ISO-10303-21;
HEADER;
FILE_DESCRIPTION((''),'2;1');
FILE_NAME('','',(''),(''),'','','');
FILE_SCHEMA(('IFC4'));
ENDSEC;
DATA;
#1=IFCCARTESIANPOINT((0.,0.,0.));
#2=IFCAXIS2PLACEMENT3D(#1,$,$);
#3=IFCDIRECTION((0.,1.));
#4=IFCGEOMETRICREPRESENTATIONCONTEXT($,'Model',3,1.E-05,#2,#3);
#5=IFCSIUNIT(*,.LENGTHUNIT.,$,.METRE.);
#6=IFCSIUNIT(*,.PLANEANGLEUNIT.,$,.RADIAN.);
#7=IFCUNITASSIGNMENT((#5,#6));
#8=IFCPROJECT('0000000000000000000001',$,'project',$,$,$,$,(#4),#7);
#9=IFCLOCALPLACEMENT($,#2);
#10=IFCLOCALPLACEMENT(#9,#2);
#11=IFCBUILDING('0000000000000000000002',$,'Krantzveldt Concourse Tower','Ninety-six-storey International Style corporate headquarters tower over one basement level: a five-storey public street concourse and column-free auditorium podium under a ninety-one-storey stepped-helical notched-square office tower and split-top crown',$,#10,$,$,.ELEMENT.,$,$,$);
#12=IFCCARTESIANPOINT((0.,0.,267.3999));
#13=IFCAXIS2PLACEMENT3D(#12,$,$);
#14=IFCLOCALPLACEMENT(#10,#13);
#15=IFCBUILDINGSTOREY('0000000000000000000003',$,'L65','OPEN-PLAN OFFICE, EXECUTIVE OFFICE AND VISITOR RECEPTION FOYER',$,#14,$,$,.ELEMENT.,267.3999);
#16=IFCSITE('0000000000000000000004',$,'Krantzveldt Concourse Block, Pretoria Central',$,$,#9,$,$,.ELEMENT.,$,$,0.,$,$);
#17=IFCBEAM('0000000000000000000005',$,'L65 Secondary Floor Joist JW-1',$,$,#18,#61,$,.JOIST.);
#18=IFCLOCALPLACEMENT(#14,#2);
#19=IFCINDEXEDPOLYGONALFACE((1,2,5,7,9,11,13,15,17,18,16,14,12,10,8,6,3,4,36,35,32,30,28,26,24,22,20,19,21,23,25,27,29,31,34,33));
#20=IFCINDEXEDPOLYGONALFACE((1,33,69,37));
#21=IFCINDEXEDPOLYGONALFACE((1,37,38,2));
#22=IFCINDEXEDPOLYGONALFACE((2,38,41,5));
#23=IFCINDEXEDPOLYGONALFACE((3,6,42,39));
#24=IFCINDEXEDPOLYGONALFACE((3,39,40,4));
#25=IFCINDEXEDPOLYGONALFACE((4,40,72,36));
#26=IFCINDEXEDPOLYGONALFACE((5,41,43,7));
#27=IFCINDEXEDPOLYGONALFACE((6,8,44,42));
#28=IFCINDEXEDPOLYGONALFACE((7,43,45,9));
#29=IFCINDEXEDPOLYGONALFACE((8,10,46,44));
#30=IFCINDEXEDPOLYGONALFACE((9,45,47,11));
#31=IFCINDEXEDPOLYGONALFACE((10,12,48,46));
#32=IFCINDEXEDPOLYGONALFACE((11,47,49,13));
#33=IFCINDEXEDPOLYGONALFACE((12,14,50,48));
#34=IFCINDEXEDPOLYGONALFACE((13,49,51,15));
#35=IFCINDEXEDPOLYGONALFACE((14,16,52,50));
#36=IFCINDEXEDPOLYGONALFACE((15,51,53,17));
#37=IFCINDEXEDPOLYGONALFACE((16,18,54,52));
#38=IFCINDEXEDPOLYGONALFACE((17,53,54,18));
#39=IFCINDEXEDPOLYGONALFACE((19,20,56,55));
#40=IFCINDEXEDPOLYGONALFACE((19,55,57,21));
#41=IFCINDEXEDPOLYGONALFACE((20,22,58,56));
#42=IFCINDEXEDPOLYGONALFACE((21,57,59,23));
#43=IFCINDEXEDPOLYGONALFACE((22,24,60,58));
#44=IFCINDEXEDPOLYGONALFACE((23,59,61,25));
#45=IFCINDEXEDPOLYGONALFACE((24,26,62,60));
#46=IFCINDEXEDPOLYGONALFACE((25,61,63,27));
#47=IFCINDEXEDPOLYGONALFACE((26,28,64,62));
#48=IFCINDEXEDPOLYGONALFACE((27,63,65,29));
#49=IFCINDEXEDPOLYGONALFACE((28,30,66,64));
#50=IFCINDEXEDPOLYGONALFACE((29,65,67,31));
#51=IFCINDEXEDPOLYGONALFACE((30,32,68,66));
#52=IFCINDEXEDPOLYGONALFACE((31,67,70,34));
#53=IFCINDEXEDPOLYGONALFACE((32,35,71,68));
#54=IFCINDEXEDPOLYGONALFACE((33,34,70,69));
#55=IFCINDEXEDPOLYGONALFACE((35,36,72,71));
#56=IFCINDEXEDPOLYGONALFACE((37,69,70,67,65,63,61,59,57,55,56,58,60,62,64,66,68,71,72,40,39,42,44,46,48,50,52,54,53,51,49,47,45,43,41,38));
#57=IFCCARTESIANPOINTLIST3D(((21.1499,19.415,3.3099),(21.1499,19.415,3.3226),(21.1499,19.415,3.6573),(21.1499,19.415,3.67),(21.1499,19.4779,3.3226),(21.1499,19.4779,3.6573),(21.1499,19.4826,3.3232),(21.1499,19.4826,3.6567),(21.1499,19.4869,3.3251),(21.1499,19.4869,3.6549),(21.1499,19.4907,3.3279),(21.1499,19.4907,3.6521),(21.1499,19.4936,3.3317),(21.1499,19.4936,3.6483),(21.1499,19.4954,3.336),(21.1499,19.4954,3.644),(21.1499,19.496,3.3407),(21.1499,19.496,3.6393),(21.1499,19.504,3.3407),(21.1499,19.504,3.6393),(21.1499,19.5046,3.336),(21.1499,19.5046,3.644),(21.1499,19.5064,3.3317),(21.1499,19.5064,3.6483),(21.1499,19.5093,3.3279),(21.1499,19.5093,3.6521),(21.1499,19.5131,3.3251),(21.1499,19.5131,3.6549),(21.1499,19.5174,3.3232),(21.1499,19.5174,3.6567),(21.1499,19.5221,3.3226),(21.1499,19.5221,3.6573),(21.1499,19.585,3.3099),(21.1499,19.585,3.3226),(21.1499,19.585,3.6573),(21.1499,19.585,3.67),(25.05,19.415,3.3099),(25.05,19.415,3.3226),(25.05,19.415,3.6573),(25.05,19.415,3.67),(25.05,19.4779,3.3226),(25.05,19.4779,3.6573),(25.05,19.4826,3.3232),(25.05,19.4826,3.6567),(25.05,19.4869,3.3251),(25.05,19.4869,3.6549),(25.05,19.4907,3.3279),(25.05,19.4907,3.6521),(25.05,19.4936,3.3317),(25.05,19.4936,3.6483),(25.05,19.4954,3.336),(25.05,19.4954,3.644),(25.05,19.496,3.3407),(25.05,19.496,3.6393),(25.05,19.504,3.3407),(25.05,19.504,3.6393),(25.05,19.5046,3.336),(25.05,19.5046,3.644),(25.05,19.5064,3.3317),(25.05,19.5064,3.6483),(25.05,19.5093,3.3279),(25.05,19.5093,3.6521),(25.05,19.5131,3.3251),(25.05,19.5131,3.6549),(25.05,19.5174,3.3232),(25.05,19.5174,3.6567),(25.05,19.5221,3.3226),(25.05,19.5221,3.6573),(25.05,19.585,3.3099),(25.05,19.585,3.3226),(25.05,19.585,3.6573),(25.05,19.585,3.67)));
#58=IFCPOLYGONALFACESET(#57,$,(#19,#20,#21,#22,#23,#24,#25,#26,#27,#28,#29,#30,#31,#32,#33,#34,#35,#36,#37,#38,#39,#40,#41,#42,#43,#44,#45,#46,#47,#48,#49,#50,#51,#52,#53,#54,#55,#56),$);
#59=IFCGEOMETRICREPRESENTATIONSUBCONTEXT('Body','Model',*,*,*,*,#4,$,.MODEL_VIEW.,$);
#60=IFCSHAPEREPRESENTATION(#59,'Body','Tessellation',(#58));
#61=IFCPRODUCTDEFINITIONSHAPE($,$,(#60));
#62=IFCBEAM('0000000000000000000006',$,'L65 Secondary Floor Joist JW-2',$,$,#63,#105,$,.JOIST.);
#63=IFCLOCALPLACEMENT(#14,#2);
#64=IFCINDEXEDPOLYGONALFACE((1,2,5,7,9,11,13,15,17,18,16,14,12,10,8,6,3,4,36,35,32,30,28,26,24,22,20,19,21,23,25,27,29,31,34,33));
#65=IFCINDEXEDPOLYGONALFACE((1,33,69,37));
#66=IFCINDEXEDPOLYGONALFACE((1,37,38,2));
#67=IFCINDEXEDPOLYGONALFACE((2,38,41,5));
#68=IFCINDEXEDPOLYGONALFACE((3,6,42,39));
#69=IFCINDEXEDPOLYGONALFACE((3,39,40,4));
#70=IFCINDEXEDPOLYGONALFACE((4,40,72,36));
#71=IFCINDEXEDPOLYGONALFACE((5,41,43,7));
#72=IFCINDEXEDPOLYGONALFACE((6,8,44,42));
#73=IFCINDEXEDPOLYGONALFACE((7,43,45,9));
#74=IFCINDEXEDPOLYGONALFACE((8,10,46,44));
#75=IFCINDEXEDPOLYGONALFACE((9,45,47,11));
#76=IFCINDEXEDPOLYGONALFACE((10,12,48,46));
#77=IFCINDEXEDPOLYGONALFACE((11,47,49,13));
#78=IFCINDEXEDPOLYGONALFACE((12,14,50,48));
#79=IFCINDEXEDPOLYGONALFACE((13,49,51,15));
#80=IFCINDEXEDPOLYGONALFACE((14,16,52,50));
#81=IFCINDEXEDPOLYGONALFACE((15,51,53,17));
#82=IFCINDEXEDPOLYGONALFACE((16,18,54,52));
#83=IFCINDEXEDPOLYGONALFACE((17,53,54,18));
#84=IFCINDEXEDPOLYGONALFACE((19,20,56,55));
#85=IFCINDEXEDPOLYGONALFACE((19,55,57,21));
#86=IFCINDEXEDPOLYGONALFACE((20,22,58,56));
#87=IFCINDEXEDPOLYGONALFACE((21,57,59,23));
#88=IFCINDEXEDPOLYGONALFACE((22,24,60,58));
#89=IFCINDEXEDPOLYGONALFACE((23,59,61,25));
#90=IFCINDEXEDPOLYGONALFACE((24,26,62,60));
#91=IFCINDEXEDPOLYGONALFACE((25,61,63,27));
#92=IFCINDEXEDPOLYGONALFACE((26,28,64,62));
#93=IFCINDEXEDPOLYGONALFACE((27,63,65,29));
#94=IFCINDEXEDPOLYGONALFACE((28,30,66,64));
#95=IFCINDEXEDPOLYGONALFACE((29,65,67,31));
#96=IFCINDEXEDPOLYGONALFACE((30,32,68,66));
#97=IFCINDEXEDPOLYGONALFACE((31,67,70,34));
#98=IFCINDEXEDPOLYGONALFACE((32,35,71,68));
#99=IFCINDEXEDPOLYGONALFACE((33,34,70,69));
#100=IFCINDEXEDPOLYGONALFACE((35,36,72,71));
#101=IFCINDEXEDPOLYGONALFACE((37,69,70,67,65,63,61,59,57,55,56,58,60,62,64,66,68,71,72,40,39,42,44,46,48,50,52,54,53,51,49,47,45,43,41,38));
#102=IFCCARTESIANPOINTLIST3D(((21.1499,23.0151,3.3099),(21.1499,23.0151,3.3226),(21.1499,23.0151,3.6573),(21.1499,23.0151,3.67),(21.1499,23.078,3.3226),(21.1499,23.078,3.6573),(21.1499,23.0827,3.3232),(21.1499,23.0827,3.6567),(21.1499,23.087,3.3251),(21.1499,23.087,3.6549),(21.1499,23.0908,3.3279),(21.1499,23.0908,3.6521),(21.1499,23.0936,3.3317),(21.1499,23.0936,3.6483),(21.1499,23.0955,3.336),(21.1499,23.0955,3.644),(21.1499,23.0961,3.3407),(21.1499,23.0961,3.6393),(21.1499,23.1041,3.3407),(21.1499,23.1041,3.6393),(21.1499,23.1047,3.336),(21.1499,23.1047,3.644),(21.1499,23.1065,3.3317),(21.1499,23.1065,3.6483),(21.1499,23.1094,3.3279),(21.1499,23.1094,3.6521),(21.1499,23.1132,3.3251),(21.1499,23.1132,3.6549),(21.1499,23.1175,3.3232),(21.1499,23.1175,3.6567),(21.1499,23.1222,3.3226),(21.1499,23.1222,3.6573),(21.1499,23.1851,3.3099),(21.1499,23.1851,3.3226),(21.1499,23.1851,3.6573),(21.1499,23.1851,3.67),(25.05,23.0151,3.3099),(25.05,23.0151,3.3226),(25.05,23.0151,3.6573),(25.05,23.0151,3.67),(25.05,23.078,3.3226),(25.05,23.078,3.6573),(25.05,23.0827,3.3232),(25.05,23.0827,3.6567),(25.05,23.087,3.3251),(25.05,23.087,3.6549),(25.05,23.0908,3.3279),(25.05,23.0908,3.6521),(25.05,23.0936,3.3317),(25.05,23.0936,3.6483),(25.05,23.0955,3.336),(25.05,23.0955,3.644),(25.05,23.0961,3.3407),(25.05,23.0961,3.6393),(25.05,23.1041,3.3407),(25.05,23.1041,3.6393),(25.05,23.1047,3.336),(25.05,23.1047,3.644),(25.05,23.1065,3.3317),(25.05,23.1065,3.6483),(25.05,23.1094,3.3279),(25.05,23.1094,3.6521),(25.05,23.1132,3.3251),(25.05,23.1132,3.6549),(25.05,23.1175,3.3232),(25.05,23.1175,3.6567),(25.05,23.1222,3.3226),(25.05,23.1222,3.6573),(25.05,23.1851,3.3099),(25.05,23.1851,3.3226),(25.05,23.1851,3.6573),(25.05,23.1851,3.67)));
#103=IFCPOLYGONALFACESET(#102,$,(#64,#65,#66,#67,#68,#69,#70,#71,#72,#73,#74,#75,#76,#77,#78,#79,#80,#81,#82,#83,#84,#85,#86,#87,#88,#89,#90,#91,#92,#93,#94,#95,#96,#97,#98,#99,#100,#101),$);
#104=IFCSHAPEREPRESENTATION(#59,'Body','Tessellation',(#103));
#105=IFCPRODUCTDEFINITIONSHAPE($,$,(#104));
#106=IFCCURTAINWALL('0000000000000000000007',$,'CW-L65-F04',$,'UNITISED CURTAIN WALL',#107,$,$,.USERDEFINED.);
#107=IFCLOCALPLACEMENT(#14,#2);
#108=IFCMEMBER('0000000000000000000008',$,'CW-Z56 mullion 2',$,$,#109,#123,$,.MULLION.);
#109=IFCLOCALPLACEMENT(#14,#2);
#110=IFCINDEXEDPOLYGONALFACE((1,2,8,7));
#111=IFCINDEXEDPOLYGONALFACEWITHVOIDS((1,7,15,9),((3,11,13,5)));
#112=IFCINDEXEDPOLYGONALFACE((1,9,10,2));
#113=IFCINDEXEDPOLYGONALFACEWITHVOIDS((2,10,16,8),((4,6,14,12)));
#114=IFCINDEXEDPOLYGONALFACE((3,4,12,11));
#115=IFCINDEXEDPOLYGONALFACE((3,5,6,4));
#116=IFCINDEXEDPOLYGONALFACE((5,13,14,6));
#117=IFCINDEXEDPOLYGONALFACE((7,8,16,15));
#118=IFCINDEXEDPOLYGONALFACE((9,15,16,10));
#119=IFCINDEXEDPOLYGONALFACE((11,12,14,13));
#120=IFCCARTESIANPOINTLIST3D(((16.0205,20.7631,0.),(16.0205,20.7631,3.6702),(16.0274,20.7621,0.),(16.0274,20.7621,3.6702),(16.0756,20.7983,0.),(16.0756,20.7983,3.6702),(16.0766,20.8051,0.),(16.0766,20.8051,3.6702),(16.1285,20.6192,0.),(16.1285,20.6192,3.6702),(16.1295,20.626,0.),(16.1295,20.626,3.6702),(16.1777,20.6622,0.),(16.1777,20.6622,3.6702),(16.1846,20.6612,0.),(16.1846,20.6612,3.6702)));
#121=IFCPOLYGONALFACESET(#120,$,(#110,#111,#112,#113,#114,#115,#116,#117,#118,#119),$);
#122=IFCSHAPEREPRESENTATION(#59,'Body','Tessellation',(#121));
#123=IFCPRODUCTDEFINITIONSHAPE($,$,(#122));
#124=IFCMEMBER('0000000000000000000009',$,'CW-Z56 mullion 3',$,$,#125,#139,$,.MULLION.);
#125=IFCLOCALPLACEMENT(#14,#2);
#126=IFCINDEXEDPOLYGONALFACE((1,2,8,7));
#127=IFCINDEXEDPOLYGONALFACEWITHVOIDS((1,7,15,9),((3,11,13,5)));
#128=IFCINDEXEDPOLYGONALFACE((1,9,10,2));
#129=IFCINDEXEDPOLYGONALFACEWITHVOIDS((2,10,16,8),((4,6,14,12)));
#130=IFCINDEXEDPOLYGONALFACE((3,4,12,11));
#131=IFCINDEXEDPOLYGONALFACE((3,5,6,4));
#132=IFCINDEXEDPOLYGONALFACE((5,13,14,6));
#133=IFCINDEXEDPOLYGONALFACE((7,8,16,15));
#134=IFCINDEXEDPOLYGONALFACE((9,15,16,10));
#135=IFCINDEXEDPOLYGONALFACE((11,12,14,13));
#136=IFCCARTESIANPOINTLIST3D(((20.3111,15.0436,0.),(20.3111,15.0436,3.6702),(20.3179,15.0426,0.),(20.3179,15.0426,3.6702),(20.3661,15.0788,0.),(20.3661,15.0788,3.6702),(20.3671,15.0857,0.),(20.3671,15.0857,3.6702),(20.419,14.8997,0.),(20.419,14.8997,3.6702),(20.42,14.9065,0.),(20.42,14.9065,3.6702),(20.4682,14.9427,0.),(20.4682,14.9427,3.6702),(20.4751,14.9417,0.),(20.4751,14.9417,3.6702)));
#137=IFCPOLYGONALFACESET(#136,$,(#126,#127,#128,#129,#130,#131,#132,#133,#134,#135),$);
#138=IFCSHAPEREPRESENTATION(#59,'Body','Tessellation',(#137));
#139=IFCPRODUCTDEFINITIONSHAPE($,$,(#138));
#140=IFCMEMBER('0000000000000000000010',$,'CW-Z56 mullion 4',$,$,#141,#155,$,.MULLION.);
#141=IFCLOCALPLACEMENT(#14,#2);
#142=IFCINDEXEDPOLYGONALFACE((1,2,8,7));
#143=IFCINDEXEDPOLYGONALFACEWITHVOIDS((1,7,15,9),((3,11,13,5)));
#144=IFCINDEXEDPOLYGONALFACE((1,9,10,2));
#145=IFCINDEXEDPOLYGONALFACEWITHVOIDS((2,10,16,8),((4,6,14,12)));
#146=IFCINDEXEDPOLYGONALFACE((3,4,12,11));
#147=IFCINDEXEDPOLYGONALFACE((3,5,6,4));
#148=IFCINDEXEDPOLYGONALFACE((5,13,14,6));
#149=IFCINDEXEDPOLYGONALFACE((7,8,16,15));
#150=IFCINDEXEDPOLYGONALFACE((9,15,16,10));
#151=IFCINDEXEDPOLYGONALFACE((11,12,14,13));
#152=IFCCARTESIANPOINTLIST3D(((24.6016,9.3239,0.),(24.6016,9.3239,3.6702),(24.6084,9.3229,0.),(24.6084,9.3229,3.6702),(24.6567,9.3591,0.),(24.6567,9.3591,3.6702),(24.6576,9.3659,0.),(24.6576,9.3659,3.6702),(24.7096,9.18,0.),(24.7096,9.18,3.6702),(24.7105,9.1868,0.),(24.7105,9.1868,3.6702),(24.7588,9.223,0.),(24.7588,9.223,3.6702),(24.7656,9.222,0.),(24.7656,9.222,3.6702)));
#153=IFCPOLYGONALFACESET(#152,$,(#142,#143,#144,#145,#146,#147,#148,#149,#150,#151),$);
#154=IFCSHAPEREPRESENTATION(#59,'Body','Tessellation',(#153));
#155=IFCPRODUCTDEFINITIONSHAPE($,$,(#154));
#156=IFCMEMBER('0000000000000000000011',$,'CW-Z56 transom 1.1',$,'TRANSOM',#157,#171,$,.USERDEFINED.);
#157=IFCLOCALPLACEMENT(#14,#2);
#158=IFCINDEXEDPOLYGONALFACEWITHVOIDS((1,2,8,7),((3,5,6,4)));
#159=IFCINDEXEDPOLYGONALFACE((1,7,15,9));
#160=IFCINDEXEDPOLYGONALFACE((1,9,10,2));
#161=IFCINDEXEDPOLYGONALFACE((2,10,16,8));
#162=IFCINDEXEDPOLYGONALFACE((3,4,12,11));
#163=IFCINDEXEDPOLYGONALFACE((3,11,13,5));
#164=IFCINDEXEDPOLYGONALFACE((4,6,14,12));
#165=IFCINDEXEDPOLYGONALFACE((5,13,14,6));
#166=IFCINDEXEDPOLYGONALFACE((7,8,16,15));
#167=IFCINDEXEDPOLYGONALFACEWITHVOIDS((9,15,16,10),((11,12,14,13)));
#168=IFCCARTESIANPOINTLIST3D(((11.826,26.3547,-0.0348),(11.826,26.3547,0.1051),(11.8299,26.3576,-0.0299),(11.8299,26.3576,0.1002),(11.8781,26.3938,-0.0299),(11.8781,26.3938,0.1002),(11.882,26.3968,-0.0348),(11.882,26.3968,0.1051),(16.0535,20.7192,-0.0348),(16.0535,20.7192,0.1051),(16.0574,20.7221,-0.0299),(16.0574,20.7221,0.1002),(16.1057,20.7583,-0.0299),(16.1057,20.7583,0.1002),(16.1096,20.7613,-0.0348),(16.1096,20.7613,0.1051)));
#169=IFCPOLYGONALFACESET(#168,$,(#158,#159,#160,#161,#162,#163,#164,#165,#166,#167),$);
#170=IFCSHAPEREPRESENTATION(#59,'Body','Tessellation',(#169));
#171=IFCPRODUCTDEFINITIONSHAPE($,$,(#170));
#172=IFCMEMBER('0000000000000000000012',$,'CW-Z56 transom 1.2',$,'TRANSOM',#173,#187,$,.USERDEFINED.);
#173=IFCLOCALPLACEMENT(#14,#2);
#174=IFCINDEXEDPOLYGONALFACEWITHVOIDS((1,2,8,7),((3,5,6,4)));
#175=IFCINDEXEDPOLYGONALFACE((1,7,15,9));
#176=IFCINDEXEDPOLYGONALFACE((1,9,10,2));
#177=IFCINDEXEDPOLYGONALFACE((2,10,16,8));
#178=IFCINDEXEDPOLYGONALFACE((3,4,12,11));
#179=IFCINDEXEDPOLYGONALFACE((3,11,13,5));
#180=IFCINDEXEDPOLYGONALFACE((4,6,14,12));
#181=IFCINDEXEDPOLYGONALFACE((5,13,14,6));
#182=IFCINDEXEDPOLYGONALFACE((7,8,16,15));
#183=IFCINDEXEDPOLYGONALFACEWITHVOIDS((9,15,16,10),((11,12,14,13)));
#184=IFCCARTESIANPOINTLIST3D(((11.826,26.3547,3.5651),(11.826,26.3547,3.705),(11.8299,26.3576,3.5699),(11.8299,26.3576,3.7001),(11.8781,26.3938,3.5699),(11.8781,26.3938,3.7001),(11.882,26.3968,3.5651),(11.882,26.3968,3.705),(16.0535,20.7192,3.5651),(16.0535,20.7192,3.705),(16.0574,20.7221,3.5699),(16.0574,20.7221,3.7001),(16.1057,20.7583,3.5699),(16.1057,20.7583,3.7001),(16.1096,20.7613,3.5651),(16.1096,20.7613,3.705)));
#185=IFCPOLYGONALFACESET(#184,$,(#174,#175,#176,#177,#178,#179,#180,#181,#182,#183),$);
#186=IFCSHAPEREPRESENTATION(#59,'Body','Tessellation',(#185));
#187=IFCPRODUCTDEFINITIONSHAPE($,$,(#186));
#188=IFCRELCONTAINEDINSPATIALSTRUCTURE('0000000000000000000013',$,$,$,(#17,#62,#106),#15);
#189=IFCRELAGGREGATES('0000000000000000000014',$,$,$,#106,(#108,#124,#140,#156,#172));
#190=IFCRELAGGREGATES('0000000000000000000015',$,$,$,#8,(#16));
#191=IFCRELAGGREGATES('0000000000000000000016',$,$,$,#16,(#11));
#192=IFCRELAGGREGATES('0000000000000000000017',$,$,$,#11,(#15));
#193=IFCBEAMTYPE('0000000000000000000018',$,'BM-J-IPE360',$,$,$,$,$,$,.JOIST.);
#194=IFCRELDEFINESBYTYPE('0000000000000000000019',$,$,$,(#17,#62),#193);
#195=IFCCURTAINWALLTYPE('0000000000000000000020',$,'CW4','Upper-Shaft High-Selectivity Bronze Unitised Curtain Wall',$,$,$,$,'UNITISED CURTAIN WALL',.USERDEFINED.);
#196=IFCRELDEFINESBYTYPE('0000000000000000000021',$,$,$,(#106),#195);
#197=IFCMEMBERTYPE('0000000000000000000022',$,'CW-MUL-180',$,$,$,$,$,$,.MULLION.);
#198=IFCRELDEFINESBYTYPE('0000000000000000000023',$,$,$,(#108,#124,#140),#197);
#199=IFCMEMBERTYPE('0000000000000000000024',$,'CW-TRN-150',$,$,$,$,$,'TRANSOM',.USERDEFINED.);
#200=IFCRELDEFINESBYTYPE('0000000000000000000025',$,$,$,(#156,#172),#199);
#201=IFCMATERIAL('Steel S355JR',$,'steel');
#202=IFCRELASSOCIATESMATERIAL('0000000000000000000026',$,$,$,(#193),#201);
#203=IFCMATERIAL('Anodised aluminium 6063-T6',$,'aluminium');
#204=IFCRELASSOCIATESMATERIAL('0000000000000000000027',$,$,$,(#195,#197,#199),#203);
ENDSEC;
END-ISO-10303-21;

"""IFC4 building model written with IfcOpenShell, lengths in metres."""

from ifc_helpers import new_model, si_unit, direction, frame, origin, origin_2d, place, context, subcontext, project, spatial, hollow_rectangle, i_section, extrude, source, transform, mapped, material, material_profile, profile_set, type_object, type_shapes, element, aggregate, save


model = new_model("IFC4")

# Units and contexts
model_context = context("Model", 3, precision=1e-05, world=origin(), true_north=direction((0.0, 1.0)))
body_context = subcontext(model_context, "Body", "Model", "MODEL_VIEW")
ifc_project = project(units=[si_unit("LENGTHUNIT", "METRE"), si_unit("PLANEANGLEUNIT", "RADIAN")], contexts=[model_context])

# Site, building, storey
site_placement = place(None, origin())
site = spatial("IfcSite", under=ifc_project, at=site_placement, Name="Krantzveldt Concourse Block, Pretoria Central", CompositionType="ELEMENT", RefElevation=0.0)
building_placement = place(site_placement, origin())
building = spatial("IfcBuilding", under=site, at=building_placement, Name="Krantzveldt Concourse Tower", Description="Ninety-six-storey International Style corporate headquarters tower over one basement level: a five-storey public street concourse and column-free auditorium podium under a ninety-one-storey stepped-helical notched-square office tower and split-top crown", CompositionType="ELEMENT")
storey_placement = place(building_placement, frame((0.0, 0.0, 267.3999)))
storey = spatial("IfcBuildingStorey", under=building, at=storey_placement, Name="L65", Description="OPEN-PLAN OFFICE, EXECUTIVE OFFICE AND VISITOR RECEPTION FOYER", CompositionType="ELEMENT", Elevation=267.3999)

# Beams
ifc_material_1 = material(Name="Steel S355JR", Category="steel")
ifc_material_profile_1 = material_profile(ifc_material_1, i_section(OverallWidth=0.1699, OverallDepth=0.3601, WebThickness=0.0081, FlangeThickness=0.0127, FilletRadius=0.0181, at=origin_2d()), Name="Steel S355JR", Category="steel")
ifc_profile_set_1 = profile_set([ifc_material_profile_1], Name="Steel S355JR - IPE 360")
beam_type_1 = type_object("IfcBeamType", Name="BM-J-IPE360", PredefinedType="JOIST", material=ifc_profile_set_1)
shared_shape_1 = source(origin(), body_context, "Body", "SweptSolid", [
    extrude(i_section(OverallWidth=0.1699, OverallDepth=0.3601, WebThickness=0.0081, FlangeThickness=0.0127, FilletRadius=0.0181, at=origin_2d()), origin(), (0.0, 0.0, 1.0), 3.9001),
])
type_shapes(beam_type_1, [shared_shape_1])
for number, where, z_axis, x_axis, name in (
    (1, (21.1499, 19.5, 3.49), (1.0, 0.0, 0.0), (0.0, 1.0, 0.0), "L65 Secondary Floor Joist JW-1"),
    (2, (21.1499, 23.1001, 3.49), (1.0, 0.0, 0.0), (0.0, 1.0, 0.0), "L65 Secondary Floor Joist JW-2"),
):
    element("IfcBeam", number, at=place(storey_placement, frame(where, z_axis=z_axis, x_axis=x_axis)), inside=storey, type_object=beam_type_1, Name=name, PredefinedType="JOIST", context=body_context, shape_type="MappedRepresentation", body=[
        mapped(shared_shape_1, transform((0.0, 0.0, 0.0), x_axis=(1.0, 0.0, 0.0), y_axis=(0.0, 1.0, 0.0), z_axis=(0.0, 0.0, 1.0), scale=1.0)),
    ])

# Curtain wall, members
ifc_material_2 = material(Name="Anodised aluminium 6063-T6", Category="aluminium")
curtain_wall_type = type_object("IfcCurtainWallType", Name="CW4", Description="Upper-Shaft High-Selectivity Bronze Unitised Curtain Wall", ElementType="UNITISED CURTAIN WALL", PredefinedType="USERDEFINED", material=ifc_material_2)
curtain_wall_placement = place(storey_placement, origin())
curtain_wall = element("IfcCurtainWall", 3, at=curtain_wall_placement, inside=storey, type_object=curtain_wall_type, Name="CW-L65-F04", ObjectType="UNITISED CURTAIN WALL", PredefinedType="USERDEFINED")
ifc_material_profile_2 = material_profile(ifc_material_2, hollow_rectangle(XDim=0.0701, YDim=0.1799, WallThickness=0.0049, at=origin_2d()), Name="Anodised aluminium 6063-T6", Category="aluminium")
ifc_profile_set_2 = profile_set([ifc_material_profile_2], Name="Anodised aluminium 6063-T6 - ALU-MULL 180x70x5")
member_type_1 = type_object("IfcMemberType", Name="CW-MUL-180", PredefinedType="MULLION", material=ifc_profile_set_2)
shared_shape_2 = source(origin(), body_context, "Body", "SweptSolid", [
    extrude(hollow_rectangle(XDim=0.0701, YDim=0.1799, WallThickness=0.0049, at=origin_2d()), origin(), (0.0, 0.0, 1.0), 3.6702),
])
type_shapes(member_type_1, [shared_shape_2])
member_1_placement = place(storey_placement, frame((16.1025, 20.7122, 0.0), z_axis=(0.0, 0.0, 1.0), x_axis=(0.799947, 0.600071, 0.0)))
member_1 = element("IfcMember", 4, at=member_1_placement, type_object=member_type_1, Name="CW-Z56 mullion 2", PredefinedType="MULLION", context=body_context, shape_type="MappedRepresentation", body=[
    mapped(shared_shape_2, transform((0.0, 0.0, 0.0), x_axis=(1.0, 0.0, 0.0), y_axis=(0.0, 1.0, 0.0), z_axis=(0.0, 0.0, 1.0), scale=1.0)),
])
member_2_placement = place(storey_placement, frame((20.3931, 14.9927, 0.0), z_axis=(0.0, 0.0, 1.0), x_axis=(0.799947, 0.600071, 0.0)))
member_2 = element("IfcMember", 5, at=member_2_placement, type_object=member_type_1, Name="CW-Z56 mullion 3", PredefinedType="MULLION", context=body_context, shape_type="MappedRepresentation", body=[
    mapped(shared_shape_2, transform((0.0, 0.0, 0.0), x_axis=(1.0, 0.0, 0.0), y_axis=(0.0, 1.0, 0.0), z_axis=(0.0, 0.0, 1.0), scale=1.0)),
])
member_3_placement = place(storey_placement, frame((24.6836, 9.2729, 0.0), z_axis=(0.0, 0.0, 1.0), x_axis=(0.799947, 0.600071, 0.0)))
member_3 = element("IfcMember", 6, at=member_3_placement, type_object=member_type_1, Name="CW-Z56 mullion 4", PredefinedType="MULLION", context=body_context, shape_type="MappedRepresentation", body=[
    mapped(shared_shape_2, transform((0.0, 0.0, 0.0), x_axis=(1.0, 0.0, 0.0), y_axis=(0.0, 1.0, 0.0), z_axis=(0.0, 0.0, 1.0), scale=1.0)),
])
ifc_material_profile_3 = material_profile(ifc_material_2, hollow_rectangle(XDim=0.0701, YDim=0.1399, WallThickness=0.0049, at=origin_2d()), Name="Anodised aluminium 6063-T6", Category="aluminium")
ifc_profile_set_3 = profile_set([ifc_material_profile_3], Name="Anodised aluminium 6063-T6 - ALU-TRAN 140x70x5")
member_type_2 = type_object("IfcMemberType", Name="CW-TRN-150", ElementType="TRANSOM", PredefinedType="USERDEFINED", material=ifc_profile_set_3)
shared_shape_3 = source(origin(), body_context, "Body", "SweptSolid", [
    extrude(hollow_rectangle(XDim=0.0701, YDim=0.1399, WallThickness=0.0049, at=origin_2d()), origin(), (0.0, 0.0, 1.0), 7.0449),
])
member_4_placement = place(storey_placement, frame((11.854, 26.3757, 0.0352), z_axis=(0.600083, -0.799938, 0.0), x_axis=(0.799938, 0.600083, 0.0)))
member_4 = element("IfcMember", 7, at=member_4_placement, type_object=member_type_2, Name="CW-Z56 transom 1.1", ObjectType="TRANSOM", PredefinedType="USERDEFINED", context=body_context, shape_type="MappedRepresentation", body=[
    mapped(shared_shape_3, transform((0.0, 0.0, 0.0), x_axis=(1.0, 0.0, 0.0), y_axis=(0.0, 1.0, 0.0), z_axis=(0.0, 0.0, 1.0), scale=1.0)),
])
member_5_placement = place(storey_placement, frame((11.854, 26.3757, 3.635), z_axis=(0.600083, -0.799938, 0.0), x_axis=(0.799938, 0.600083, 0.0)))
member_5 = element("IfcMember", 8, at=member_5_placement, type_object=member_type_2, Name="CW-Z56 transom 1.2", ObjectType="TRANSOM", PredefinedType="USERDEFINED", context=body_context, shape_type="MappedRepresentation", body=[
    mapped(shared_shape_3, transform((0.0, 0.0, 0.0), x_axis=(1.0, 0.0, 0.0), y_axis=(0.0, 1.0, 0.0), z_axis=(0.0, 0.0, 1.0), scale=1.0)),
])

aggregate(curtain_wall, [member_1, member_2, member_3, member_4, member_5])

save(model, "model.ifc")
